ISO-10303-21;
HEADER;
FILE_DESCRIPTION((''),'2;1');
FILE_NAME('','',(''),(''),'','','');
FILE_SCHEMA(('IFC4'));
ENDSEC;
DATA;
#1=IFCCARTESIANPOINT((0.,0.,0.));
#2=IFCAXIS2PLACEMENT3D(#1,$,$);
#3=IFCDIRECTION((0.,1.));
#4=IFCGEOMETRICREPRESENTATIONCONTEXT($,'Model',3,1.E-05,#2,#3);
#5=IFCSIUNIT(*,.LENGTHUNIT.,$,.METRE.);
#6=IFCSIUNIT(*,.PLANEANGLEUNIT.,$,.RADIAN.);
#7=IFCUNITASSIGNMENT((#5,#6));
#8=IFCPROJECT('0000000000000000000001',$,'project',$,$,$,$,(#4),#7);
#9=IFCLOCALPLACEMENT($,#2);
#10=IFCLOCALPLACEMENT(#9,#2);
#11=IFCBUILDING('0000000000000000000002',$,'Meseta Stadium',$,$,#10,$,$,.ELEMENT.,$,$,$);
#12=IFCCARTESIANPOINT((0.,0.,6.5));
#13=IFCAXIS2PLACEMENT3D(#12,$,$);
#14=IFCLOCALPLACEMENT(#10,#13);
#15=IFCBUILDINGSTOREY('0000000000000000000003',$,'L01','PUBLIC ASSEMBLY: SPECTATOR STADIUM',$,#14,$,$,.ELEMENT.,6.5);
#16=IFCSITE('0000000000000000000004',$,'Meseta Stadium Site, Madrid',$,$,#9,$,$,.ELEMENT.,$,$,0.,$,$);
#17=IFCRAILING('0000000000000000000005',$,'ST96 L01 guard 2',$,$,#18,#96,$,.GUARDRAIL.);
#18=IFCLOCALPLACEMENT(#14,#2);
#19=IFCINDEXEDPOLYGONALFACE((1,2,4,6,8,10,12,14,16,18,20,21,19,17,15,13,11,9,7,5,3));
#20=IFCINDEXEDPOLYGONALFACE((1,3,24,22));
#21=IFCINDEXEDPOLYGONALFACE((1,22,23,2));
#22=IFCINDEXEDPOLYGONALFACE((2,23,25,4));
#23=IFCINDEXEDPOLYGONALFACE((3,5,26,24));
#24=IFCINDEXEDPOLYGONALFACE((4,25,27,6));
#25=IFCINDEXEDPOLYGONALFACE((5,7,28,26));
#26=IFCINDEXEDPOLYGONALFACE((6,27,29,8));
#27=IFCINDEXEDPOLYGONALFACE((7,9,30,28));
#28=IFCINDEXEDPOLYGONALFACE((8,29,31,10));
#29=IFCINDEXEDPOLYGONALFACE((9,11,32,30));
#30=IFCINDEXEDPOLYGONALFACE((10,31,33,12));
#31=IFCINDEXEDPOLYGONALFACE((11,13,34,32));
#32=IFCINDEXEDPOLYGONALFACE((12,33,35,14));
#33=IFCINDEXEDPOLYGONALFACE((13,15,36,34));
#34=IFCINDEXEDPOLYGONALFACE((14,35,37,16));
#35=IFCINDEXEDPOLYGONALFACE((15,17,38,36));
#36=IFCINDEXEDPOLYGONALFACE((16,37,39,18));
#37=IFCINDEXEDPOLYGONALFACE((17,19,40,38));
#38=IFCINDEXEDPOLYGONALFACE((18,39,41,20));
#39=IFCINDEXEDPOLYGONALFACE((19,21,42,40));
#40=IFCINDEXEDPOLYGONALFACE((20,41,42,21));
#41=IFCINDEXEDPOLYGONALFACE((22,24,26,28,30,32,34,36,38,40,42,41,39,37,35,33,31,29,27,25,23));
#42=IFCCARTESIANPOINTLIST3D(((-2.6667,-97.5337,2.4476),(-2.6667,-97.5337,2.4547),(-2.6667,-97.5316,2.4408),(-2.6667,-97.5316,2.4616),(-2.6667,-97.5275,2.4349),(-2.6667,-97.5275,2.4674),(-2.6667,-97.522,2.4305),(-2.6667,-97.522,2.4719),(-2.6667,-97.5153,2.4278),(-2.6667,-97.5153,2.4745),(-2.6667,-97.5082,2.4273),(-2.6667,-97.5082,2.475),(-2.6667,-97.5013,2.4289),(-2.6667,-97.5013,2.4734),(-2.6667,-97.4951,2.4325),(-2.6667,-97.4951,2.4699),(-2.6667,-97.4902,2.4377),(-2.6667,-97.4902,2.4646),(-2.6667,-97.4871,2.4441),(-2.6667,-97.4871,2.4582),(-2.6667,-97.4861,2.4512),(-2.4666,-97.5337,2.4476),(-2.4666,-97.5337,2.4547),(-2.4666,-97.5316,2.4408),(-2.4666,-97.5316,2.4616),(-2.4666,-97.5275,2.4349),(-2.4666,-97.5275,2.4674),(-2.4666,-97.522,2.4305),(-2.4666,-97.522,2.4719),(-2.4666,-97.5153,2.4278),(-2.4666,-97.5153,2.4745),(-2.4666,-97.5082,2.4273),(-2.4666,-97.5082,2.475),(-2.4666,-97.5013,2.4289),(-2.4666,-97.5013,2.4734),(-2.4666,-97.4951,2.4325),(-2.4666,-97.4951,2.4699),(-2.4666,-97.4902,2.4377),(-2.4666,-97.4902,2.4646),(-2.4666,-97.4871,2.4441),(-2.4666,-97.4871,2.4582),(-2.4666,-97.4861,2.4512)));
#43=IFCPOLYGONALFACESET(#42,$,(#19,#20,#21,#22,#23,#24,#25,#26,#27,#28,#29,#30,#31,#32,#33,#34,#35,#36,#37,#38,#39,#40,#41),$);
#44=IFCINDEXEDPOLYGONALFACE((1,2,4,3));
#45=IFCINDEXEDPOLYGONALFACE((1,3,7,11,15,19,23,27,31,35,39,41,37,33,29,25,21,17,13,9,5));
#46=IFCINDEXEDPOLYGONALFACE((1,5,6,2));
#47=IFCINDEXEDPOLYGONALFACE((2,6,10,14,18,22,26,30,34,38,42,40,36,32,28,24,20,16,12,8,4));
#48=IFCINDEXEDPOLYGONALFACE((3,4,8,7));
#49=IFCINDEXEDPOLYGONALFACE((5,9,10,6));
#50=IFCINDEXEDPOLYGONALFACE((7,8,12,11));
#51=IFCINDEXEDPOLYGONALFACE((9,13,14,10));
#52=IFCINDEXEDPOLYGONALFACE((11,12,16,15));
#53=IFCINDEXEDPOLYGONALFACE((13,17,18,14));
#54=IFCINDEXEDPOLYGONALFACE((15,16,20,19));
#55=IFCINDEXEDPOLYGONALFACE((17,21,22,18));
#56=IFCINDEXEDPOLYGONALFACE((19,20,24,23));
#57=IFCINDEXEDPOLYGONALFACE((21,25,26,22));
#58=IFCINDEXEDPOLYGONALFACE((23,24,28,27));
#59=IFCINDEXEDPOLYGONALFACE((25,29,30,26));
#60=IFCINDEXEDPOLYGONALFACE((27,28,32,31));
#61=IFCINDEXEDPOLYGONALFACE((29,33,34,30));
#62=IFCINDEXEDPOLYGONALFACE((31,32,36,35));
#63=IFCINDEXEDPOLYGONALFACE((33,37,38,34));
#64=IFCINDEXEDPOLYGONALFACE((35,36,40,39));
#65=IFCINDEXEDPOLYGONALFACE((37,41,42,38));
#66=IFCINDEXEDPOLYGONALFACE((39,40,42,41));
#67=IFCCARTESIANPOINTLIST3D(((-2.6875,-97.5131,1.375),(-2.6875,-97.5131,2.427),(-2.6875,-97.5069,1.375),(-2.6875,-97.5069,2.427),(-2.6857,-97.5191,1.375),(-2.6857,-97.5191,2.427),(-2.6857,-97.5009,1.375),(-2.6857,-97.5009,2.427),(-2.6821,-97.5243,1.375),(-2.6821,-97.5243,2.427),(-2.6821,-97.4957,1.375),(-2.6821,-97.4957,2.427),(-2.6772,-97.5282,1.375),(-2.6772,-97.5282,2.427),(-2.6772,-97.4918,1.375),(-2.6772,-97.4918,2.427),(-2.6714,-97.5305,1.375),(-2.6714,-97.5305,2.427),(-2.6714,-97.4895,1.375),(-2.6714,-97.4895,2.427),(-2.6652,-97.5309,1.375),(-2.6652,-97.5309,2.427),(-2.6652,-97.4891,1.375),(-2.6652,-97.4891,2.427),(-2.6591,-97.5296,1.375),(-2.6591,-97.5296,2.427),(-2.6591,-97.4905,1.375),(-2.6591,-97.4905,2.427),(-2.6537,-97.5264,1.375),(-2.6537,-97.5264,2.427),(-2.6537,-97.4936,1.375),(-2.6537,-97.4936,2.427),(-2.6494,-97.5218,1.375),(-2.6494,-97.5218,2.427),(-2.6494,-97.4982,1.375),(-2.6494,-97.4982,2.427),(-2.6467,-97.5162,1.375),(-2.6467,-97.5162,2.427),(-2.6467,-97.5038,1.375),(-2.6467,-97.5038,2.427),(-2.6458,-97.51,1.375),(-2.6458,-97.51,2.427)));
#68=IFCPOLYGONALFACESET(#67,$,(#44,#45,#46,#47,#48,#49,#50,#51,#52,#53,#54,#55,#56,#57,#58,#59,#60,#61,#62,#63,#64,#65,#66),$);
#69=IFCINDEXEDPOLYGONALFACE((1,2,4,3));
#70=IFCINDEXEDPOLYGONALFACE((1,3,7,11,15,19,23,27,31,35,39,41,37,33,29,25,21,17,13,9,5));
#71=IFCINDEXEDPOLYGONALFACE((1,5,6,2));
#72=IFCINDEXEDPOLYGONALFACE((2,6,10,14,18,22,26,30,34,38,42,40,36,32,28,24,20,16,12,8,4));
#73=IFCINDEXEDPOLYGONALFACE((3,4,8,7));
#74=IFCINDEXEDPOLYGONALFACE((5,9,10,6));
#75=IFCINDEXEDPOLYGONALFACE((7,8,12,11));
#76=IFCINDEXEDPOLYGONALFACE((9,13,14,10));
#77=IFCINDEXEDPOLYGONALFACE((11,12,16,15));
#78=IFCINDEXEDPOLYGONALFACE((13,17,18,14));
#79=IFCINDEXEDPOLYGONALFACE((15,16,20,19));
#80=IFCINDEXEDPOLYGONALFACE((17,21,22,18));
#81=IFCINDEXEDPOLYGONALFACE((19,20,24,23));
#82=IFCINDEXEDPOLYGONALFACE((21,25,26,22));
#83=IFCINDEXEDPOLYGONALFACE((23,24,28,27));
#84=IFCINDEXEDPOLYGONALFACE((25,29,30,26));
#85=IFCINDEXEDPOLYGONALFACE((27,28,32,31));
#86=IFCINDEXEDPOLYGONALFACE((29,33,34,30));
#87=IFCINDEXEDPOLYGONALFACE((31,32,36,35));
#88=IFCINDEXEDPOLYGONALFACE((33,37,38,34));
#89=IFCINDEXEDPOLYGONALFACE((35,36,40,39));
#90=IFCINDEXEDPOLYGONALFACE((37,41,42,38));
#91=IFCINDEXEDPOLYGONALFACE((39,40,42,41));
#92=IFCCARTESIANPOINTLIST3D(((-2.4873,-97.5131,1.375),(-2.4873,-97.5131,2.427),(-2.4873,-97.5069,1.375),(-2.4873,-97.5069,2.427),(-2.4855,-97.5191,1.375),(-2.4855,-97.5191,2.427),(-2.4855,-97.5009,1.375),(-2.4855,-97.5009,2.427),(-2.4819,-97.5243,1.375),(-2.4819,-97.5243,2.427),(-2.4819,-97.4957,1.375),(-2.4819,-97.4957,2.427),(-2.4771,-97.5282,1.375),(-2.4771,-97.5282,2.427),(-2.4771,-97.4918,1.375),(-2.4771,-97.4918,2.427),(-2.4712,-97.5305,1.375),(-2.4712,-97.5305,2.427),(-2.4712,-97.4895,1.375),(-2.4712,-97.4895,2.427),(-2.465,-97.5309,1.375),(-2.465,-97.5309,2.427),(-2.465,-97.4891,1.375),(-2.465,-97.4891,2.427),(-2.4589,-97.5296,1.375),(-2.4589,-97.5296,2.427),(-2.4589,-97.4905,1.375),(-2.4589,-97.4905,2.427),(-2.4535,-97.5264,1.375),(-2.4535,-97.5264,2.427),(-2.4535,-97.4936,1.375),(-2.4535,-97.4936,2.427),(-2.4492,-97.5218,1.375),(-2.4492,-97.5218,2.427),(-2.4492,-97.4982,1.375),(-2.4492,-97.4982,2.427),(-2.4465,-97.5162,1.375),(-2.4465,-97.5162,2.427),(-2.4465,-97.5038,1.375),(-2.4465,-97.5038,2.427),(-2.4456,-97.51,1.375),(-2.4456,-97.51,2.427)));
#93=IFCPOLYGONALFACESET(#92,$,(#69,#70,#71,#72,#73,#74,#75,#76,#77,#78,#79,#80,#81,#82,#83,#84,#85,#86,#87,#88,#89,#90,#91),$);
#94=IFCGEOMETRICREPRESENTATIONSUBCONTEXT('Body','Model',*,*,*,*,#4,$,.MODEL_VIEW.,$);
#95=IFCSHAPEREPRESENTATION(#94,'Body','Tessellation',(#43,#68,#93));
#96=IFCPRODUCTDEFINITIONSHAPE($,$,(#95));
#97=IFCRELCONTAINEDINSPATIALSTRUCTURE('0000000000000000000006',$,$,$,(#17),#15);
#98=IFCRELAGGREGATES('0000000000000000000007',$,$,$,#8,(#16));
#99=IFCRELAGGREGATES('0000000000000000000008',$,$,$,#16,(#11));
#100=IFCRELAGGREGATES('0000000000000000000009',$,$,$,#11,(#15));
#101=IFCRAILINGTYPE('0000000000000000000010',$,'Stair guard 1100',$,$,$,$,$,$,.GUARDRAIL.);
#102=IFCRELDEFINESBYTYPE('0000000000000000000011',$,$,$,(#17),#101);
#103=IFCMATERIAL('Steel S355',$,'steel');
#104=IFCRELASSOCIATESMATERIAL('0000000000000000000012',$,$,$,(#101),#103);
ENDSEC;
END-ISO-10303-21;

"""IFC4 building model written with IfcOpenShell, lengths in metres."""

from ifc_helpers import new_model, si_unit, direction, frame, origin, origin_2d, place, context, subcontext, project, spatial, circle, extrude, material, type_object, element, save


model = new_model("IFC4")

# Units and contexts
model_context = context("Model", 3, precision=1e-05, world=origin(), true_north=direction((0.0, 1.0)))
body_context = subcontext(model_context, "Body", "Model", "MODEL_VIEW")
ifc_project = project(units=[si_unit("LENGTHUNIT", "METRE"), si_unit("PLANEANGLEUNIT", "RADIAN")], contexts=[model_context])

# Site, building, storey
site_placement = place(None, origin())
site = spatial("IfcSite", under=ifc_project, at=site_placement, Name="Meseta Stadium Site, Madrid", CompositionType="ELEMENT", RefElevation=0.0)
building_placement = place(site_placement, origin())
building = spatial("IfcBuilding", under=site, at=building_placement, Name="Meseta Stadium", CompositionType="ELEMENT")
storey_placement = place(building_placement, frame((0.0, 0.0, 6.5)))
storey = spatial("IfcBuildingStorey", under=building, at=storey_placement, Name="L01", Description="PUBLIC ASSEMBLY: SPECTATOR STADIUM", CompositionType="ELEMENT", Elevation=6.5)

# Railing
ifc_material_1 = material(Name="Steel S355", Category="steel")
railing_type_1 = type_object("IfcRailingType", Name="Stair guard 1100", PredefinedType="GUARDRAIL", material=ifc_material_1)
railing_1_placement = place(storey_placement, frame((-2.6667, -97.51, 1.375)))
element("IfcRailing", 1, at=railing_1_placement, inside=storey, type_object=railing_type_1, Name="ST96 L01 guard 2", PredefinedType="GUARDRAIL", context=body_context, shape_type="SweptSolid", body=[
    extrude(circle(Radius=0.0239, at=origin_2d()), frame((0.0, 0.0, 1.0762), z_axis=(1.0, 0.0, 0.0), x_axis=(0.0, 1.0, 0.0)), (0.0, 0.0, 1.0), 0.2002),
    extrude(circle(Radius=0.021, at=origin_2d()), origin(), (0.0, 0.0, 1.0), 1.052),
    extrude(circle(Radius=0.021, at=origin_2d()), frame((0.2002, 0.0, 0.0)), (0.0, 0.0, 1.0), 1.052),
])

save(model, "model.ifc")
